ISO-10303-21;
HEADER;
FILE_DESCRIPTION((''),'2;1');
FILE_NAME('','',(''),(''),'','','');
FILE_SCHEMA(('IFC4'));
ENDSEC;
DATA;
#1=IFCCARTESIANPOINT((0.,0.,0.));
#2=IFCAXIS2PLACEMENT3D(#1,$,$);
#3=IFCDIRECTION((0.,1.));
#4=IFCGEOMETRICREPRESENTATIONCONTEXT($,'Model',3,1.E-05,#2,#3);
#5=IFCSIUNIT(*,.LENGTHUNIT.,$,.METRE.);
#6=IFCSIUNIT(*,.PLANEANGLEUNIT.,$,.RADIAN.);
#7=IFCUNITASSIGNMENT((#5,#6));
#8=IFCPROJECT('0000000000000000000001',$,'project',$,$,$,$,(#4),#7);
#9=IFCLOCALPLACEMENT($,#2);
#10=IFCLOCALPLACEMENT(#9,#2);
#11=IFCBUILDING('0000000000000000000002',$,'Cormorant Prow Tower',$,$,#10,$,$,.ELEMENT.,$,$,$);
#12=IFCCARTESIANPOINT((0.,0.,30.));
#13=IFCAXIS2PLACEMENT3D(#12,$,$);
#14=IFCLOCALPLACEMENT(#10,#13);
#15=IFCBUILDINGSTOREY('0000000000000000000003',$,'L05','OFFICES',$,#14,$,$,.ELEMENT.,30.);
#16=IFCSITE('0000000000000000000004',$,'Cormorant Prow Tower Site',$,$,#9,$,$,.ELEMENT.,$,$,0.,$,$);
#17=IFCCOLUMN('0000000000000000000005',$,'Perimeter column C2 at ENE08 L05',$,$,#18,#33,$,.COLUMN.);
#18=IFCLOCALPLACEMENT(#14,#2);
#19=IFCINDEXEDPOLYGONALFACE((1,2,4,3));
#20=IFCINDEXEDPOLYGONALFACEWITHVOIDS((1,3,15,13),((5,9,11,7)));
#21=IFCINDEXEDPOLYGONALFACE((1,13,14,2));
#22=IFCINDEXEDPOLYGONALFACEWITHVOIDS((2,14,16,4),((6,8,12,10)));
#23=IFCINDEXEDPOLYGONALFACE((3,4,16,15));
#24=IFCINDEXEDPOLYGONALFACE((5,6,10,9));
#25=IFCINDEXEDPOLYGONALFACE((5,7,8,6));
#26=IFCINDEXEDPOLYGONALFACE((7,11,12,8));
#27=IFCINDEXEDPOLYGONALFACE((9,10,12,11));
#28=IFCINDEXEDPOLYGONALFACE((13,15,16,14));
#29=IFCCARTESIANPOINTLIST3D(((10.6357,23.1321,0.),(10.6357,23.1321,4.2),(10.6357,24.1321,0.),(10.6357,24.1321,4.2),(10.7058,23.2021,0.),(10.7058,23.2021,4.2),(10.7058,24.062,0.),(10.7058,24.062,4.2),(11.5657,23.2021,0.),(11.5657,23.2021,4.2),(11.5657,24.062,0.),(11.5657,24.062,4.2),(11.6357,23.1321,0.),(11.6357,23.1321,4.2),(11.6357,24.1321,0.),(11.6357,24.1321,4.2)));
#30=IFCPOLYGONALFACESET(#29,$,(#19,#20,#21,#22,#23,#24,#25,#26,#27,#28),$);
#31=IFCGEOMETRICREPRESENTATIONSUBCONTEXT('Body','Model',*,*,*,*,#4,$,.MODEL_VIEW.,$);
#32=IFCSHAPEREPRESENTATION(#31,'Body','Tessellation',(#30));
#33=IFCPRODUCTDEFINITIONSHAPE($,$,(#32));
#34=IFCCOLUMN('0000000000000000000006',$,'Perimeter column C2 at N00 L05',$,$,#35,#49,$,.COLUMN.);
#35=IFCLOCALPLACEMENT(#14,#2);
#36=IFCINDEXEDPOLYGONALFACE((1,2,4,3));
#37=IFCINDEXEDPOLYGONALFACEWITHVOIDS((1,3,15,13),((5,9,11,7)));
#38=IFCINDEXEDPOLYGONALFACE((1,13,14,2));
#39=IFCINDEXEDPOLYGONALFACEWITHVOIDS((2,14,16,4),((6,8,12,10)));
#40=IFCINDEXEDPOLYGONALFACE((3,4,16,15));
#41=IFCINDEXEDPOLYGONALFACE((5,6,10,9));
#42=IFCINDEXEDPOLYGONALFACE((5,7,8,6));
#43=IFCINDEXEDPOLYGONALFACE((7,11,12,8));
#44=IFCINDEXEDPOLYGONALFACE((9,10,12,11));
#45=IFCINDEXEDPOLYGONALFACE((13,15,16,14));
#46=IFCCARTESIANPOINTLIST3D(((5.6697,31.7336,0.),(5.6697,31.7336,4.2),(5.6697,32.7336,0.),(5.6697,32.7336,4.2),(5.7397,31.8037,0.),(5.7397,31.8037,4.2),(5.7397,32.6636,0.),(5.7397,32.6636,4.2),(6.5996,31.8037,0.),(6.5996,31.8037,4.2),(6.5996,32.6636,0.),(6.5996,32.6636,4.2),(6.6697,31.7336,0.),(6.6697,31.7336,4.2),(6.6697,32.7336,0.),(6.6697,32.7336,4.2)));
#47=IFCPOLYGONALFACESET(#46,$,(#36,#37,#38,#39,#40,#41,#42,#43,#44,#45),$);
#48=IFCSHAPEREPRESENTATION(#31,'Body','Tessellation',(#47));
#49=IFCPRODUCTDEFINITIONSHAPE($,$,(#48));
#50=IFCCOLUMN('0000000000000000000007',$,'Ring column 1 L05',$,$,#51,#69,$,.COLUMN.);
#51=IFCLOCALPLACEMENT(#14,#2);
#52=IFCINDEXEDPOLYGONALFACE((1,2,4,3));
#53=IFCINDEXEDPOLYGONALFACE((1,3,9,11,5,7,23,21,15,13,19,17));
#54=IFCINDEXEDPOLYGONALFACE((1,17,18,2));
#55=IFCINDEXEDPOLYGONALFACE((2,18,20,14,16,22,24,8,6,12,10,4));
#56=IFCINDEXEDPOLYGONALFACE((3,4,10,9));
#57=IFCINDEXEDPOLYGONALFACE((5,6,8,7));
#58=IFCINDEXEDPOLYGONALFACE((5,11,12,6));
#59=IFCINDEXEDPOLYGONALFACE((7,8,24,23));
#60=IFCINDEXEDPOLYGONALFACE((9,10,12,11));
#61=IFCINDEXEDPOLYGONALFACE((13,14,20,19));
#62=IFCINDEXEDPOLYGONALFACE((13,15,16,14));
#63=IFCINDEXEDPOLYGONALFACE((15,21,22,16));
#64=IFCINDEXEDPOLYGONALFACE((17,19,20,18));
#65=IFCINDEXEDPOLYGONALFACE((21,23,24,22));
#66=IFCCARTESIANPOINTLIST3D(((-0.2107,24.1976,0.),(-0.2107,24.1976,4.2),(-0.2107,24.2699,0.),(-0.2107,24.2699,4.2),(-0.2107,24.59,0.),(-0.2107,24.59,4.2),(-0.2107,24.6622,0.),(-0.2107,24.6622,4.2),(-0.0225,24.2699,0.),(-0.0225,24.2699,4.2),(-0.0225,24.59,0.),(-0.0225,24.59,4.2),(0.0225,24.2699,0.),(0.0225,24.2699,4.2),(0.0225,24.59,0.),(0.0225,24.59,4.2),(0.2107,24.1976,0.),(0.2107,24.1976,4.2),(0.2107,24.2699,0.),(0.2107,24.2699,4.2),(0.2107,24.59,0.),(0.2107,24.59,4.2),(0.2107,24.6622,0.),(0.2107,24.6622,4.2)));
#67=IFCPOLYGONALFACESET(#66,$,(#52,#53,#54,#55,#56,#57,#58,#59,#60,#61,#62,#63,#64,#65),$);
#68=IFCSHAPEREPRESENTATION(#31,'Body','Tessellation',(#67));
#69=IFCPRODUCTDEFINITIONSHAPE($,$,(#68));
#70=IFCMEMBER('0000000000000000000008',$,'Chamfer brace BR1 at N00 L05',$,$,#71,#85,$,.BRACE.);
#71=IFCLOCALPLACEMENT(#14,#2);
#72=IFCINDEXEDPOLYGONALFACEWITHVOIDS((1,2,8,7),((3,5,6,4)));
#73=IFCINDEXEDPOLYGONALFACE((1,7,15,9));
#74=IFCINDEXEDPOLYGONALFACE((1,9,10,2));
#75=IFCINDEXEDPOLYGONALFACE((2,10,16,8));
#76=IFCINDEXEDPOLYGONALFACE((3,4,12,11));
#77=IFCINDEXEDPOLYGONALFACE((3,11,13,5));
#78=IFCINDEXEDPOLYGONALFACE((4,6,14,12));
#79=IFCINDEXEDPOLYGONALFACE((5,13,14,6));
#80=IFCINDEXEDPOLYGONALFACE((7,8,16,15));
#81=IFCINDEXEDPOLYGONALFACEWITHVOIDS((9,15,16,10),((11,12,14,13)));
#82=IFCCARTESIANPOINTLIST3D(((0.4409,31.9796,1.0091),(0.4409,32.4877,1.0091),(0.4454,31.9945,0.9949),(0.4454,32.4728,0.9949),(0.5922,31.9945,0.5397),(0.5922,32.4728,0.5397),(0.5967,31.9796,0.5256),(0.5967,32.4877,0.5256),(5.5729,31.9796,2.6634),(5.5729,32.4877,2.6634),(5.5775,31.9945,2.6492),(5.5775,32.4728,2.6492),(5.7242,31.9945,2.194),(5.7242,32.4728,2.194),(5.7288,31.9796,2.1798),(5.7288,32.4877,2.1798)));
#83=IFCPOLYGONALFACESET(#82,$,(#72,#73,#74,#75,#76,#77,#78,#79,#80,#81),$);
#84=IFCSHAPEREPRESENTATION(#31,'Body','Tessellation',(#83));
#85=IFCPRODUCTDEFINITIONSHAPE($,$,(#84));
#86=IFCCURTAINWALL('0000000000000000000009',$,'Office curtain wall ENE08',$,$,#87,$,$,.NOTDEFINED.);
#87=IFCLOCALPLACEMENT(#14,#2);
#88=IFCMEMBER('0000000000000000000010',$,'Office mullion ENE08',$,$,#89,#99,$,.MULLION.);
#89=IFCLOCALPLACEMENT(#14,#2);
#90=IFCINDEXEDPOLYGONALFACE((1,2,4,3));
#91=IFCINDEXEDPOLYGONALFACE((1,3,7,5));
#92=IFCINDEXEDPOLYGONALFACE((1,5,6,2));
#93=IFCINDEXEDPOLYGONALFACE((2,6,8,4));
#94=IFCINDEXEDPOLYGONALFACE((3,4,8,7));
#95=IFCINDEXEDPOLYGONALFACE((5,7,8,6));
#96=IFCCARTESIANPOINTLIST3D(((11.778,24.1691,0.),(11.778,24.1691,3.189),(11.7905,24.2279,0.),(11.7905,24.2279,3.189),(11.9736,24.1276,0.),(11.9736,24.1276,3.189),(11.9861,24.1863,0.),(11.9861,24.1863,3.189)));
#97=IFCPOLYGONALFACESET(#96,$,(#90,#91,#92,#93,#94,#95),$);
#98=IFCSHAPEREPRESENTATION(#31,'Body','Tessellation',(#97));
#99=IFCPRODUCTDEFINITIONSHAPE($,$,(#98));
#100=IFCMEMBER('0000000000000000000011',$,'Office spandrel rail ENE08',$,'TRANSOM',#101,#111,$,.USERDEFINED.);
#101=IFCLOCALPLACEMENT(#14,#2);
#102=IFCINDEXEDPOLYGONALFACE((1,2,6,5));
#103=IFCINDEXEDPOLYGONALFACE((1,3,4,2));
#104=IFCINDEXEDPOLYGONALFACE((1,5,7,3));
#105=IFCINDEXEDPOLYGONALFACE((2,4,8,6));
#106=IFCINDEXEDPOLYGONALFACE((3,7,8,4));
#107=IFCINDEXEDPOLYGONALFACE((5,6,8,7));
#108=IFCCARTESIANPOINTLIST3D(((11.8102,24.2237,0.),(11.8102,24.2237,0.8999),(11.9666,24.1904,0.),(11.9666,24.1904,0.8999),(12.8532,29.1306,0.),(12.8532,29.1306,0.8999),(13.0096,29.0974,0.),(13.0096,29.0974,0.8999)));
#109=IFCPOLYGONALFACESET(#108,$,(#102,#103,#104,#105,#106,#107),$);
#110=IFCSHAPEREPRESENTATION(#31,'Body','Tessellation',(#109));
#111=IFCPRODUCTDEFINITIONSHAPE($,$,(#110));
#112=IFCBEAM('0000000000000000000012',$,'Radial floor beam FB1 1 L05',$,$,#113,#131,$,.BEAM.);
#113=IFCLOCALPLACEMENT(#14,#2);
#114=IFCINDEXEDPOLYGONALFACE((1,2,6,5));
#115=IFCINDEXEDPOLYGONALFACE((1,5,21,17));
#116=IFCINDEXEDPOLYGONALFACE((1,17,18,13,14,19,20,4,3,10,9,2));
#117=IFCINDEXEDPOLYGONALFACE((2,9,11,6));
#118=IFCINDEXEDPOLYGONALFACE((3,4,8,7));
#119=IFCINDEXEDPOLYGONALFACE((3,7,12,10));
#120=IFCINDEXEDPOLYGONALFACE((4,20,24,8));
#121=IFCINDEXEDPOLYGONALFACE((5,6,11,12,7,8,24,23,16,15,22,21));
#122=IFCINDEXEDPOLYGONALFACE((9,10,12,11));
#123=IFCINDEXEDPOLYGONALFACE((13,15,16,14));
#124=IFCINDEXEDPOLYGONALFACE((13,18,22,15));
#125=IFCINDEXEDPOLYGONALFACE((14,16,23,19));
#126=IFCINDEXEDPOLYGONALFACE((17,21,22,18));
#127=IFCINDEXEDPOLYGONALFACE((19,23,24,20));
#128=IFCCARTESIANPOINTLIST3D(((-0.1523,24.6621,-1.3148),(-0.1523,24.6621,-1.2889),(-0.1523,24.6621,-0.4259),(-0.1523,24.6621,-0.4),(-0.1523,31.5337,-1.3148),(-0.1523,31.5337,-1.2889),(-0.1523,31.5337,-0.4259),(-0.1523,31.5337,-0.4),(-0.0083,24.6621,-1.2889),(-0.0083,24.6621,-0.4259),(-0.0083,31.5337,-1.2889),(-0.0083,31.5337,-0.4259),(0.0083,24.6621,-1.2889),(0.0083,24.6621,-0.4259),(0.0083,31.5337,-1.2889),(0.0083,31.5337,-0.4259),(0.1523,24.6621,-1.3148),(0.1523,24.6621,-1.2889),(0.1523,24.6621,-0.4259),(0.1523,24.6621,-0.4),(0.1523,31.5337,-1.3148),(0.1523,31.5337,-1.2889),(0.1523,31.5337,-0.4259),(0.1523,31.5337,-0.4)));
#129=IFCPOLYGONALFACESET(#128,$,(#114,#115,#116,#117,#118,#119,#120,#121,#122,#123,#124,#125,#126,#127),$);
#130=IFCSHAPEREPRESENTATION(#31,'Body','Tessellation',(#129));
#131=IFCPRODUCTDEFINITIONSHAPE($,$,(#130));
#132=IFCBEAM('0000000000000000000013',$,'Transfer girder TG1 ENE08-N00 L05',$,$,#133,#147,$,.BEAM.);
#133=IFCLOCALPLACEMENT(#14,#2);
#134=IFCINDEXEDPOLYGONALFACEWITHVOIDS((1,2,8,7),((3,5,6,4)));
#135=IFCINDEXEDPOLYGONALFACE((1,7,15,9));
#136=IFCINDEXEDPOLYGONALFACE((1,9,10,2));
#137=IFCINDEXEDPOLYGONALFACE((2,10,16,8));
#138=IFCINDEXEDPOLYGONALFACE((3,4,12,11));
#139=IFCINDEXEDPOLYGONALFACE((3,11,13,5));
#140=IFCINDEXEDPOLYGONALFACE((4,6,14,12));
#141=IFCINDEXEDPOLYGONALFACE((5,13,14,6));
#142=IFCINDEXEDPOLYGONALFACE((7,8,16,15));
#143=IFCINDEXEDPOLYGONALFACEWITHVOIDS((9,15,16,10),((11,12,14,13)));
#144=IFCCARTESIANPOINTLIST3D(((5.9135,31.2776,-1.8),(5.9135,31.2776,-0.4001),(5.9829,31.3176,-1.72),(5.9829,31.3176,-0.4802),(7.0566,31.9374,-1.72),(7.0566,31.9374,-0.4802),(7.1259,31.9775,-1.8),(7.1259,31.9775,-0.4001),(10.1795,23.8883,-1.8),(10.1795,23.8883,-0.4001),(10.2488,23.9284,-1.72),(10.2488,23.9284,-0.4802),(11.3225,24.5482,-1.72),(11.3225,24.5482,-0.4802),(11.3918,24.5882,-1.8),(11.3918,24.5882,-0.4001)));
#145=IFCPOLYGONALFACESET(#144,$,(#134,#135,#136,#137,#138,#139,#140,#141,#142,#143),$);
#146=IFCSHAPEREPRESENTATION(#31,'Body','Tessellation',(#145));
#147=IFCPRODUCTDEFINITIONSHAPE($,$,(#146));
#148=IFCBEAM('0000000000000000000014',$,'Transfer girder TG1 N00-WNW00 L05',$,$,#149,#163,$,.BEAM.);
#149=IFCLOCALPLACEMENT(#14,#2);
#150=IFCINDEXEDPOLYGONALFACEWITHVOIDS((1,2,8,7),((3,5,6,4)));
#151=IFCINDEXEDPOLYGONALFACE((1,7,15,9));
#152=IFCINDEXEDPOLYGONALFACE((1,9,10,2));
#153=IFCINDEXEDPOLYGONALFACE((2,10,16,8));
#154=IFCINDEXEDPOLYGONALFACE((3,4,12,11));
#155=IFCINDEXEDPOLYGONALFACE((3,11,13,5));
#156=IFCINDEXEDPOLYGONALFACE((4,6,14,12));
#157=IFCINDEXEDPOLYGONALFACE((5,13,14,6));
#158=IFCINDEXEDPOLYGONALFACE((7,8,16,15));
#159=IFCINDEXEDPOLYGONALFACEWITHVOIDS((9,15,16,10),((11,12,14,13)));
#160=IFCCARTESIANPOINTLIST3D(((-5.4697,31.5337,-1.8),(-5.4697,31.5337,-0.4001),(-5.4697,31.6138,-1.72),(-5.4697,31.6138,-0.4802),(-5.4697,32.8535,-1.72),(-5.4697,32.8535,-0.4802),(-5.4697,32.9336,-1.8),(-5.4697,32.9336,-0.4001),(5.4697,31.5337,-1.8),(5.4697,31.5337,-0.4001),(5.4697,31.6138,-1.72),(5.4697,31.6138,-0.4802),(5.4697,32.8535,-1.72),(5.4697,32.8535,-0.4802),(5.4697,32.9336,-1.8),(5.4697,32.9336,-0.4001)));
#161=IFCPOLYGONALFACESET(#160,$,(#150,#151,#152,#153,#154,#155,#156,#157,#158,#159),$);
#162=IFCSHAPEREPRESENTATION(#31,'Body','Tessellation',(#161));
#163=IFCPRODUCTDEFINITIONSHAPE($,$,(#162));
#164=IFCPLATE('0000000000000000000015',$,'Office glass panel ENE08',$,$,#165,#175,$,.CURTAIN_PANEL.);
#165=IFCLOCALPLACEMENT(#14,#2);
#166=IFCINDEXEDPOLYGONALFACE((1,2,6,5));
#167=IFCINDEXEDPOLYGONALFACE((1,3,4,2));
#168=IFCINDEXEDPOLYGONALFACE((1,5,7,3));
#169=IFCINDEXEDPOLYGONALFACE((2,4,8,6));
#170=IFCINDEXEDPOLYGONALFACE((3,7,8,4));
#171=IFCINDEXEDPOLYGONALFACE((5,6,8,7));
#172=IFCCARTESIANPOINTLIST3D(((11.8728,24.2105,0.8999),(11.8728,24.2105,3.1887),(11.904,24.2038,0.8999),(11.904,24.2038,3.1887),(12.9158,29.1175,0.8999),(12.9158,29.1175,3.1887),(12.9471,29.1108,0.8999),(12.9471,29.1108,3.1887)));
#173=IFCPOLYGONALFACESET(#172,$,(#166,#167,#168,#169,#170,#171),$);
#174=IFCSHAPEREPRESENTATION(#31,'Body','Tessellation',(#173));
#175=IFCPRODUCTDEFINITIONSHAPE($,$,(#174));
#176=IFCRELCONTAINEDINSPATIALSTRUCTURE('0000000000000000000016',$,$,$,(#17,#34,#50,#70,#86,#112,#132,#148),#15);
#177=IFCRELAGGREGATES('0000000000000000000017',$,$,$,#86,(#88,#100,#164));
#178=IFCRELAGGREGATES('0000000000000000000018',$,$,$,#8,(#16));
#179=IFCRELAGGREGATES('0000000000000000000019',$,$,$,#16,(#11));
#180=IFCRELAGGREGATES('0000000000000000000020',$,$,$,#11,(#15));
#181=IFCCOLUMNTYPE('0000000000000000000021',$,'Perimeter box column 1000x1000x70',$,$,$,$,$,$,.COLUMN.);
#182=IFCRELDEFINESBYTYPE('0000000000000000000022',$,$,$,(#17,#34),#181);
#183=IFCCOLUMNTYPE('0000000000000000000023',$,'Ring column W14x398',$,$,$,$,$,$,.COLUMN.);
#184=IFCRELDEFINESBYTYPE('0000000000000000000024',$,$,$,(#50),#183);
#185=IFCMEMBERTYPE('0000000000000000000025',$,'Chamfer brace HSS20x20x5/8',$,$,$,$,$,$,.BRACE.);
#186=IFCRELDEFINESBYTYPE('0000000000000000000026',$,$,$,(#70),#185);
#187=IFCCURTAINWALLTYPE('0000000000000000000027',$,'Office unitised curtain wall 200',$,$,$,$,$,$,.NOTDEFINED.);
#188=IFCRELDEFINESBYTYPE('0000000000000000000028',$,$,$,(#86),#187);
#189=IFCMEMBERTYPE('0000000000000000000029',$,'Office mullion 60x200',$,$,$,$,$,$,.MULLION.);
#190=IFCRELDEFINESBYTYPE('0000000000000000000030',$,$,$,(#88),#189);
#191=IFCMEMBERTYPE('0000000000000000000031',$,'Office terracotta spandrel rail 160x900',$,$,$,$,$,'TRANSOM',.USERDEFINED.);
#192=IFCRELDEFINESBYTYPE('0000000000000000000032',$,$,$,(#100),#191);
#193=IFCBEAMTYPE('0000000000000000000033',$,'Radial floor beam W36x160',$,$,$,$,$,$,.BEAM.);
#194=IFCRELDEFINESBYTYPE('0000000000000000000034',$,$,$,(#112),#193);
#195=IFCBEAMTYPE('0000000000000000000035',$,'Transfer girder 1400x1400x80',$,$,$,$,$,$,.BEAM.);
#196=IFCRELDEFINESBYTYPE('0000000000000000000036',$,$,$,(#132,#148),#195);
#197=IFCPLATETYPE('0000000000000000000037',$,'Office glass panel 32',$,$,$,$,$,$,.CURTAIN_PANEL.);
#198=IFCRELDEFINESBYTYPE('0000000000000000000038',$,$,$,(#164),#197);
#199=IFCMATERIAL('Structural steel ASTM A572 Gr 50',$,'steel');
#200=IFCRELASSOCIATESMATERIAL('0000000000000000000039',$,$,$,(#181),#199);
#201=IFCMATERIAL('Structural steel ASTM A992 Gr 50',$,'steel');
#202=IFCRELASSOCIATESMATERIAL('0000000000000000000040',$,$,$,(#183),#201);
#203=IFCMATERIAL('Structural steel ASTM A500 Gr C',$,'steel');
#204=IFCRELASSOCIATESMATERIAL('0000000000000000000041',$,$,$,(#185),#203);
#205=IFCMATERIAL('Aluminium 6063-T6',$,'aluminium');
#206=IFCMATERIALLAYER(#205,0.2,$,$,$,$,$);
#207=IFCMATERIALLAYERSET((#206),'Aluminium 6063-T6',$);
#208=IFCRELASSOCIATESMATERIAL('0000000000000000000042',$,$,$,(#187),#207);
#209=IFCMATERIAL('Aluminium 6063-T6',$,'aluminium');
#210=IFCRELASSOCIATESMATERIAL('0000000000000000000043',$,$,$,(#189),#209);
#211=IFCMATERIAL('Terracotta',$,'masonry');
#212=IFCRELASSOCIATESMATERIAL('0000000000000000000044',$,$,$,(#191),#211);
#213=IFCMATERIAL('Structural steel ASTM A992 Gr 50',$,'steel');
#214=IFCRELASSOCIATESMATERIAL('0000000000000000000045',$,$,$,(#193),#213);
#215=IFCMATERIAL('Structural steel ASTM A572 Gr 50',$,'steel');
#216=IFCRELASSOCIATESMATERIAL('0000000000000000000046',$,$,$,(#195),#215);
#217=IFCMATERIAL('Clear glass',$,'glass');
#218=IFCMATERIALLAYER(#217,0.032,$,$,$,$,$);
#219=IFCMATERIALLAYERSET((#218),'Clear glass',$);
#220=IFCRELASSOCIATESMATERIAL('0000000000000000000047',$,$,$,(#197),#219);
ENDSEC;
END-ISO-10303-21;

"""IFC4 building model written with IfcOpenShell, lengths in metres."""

from ifc_helpers import new_model, si_unit, direction, frame, origin, origin_2d, place, context, subcontext, project, spatial, rectangle, hollow_rectangle, i_section, extrude, material, layer, layer_set, material_profile, profile_set, type_object, element, aggregate, save


model = new_model("IFC4")

# Units and contexts
model_context = context("Model", 3, precision=1e-05, world=origin(), true_north=direction((0.0, 1.0)))
body_context = subcontext(model_context, "Body", "Model", "MODEL_VIEW")
ifc_project = project(units=[si_unit("LENGTHUNIT", "METRE"), si_unit("PLANEANGLEUNIT", "RADIAN")], contexts=[model_context])

# Site, building, storey
site_placement = place(None, origin())
site = spatial("IfcSite", under=ifc_project, at=site_placement, Name="Cormorant Prow Tower Site", CompositionType="ELEMENT", RefElevation=0.0)
building_placement = place(site_placement, origin())
building = spatial("IfcBuilding", under=site, at=building_placement, Name="Cormorant Prow Tower", CompositionType="ELEMENT")
storey_placement = place(building_placement, frame((0.0, 0.0, 30.0)))
storey = spatial("IfcBuildingStorey", under=building, at=storey_placement, Name="L05", Description="OFFICES", CompositionType="ELEMENT", Elevation=30.0)

# Columns
ifc_material_1 = material(Name="Structural steel ASTM A572 Gr 50", Category="steel")
ifc_material_profile_1 = material_profile(ifc_material_1, hollow_rectangle(XDim=1.0, YDim=1.0, WallThickness=0.0701, at=origin_2d()), Name="Box 1000x1000x70")
ifc_profile_set_1 = profile_set([ifc_material_profile_1], Name="Structural steel ASTM A572 Gr 50")
column_type_1 = type_object("IfcColumnType", Name="Perimeter box column 1000x1000x70", PredefinedType="COLUMN", material=ifc_profile_set_1)
column_1_placement = place(storey_placement, frame((11.1357, 23.6321, 0.0), z_axis=(0.0, 0.0, 1.0), x_axis=(1.0, 0.0, 0.0)))
element("IfcColumn", 1, at=column_1_placement, inside=storey, type_object=column_type_1, Name="Perimeter column C2 at ENE08 L05", PredefinedType="COLUMN", context=body_context, shape_type="SweptSolid", body=[
    extrude(hollow_rectangle(XDim=1.0, YDim=1.0, WallThickness=0.0701, at=origin_2d()), origin(), (0.0, 0.0, 1.0), 4.2),
])
column_2_placement = place(storey_placement, frame((6.1697, 32.2336, 0.0), z_axis=(0.0, 0.0, 1.0), x_axis=(1.0, 0.0, 0.0)))
element("IfcColumn", 2, at=column_2_placement, inside=storey, type_object=column_type_1, Name="Perimeter column C2 at N00 L05", PredefinedType="COLUMN", context=body_context, shape_type="SweptSolid", body=[
    extrude(hollow_rectangle(XDim=1.0, YDim=1.0, WallThickness=0.0701, at=origin_2d()), origin(), (0.0, 0.0, 1.0), 4.2),
])
ifc_material_2 = material(Name="Structural steel ASTM A992 Gr 50", Category="steel")
ifc_material_profile_2 = material_profile(ifc_material_2, i_section(OverallWidth=0.4214, OverallDepth=0.4646, WebThickness=0.0449, FlangeThickness=0.0723, at=origin_2d()), Name="W14x398")
ifc_profile_set_2 = profile_set([ifc_material_profile_2], Name="Structural steel ASTM A992 Gr 50")
column_type_2 = type_object("IfcColumnType", Name="Ring column W14x398", PredefinedType="COLUMN", material=ifc_profile_set_2)
column_3_placement = place(storey_placement, frame((0.0, 24.4299, 0.0), z_axis=(0.0, 0.0, 1.0), x_axis=(1.0, 0.0, 0.0)))
element("IfcColumn", 3, at=column_3_placement, inside=storey, type_object=column_type_2, Name="Ring column 1 L05", PredefinedType="COLUMN", context=body_context, shape_type="SweptSolid", body=[
    extrude(i_section(OverallWidth=0.4214, OverallDepth=0.4646, WebThickness=0.0449, FlangeThickness=0.0723, at=origin_2d()), origin(), (0.0, 0.0, 1.0), 4.2),
])

# Member
ifc_material_3 = material(Name="Structural steel ASTM A500 Gr C", Category="steel")
ifc_material_profile_3 = material_profile(ifc_material_3, hollow_rectangle(XDim=0.5081, YDim=0.5081, WallThickness=0.0149, at=origin_2d()), Name="HSS20x20x5/8")
ifc_profile_set_3 = profile_set([ifc_material_profile_3], Name="Structural steel ASTM A500 Gr C")
member_type_1 = type_object("IfcMemberType", Name="Chamfer brace HSS20x20x5/8", PredefinedType="BRACE", material=ifc_profile_set_3)
member_1_placement = place(storey_placement, frame((0.5188, 32.2336, 0.7673), z_axis=(0.951774, 0.0, 0.306799), x_axis=(0.0, 1.0, 0.0)))
element("IfcMember", 4, at=member_1_placement, inside=storey, type_object=member_type_1, Name="Chamfer brace BR1 at N00 L05", PredefinedType="BRACE", context=body_context, shape_type="SweptSolid", body=[
    extrude(hollow_rectangle(XDim=0.5081, YDim=0.5081, WallThickness=0.0149, at=origin_2d()), origin(), (0.0, 0.0, 1.0), 5.3921),
])

# Curtain wall, members
ifc_material_4 = material(Name="Aluminium 6063-T6", Category="aluminium")
ifc_layer_1 = layer(ifc_material_4, 0.2)
ifc_layer_set_1 = layer_set([ifc_layer_1], Name="Aluminium 6063-T6")
curtain_wall_type = type_object("IfcCurtainWallType", Name="Office unitised curtain wall 200", PredefinedType="NOTDEFINED", material=ifc_layer_set_1)
curtain_wall_placement = place(storey_placement, origin())
curtain_wall = element("IfcCurtainWall", 5, at=curtain_wall_placement, inside=storey, type_object=curtain_wall_type, Name="Office curtain wall ENE08", PredefinedType="NOTDEFINED")
ifc_material_5 = material(Name="Aluminium 6063-T6", Category="aluminium")
ifc_material_profile_4 = material_profile(ifc_material_5, rectangle(XDim=0.2, YDim=0.0601, at=origin_2d()), Name="Office mullion 60x200")
ifc_profile_set_4 = profile_set([ifc_material_profile_4], Name="Aluminium 6063-T6")
member_type_2 = type_object("IfcMemberType", Name="Office mullion 60x200", PredefinedType="MULLION", material=ifc_profile_set_4)
member_2_placement = place(storey_placement, frame((11.8821, 24.1777, 0.0), z_axis=(0.0, 0.0, 1.0), x_axis=(-0.978148, 0.207912, 0.0)))
member_2 = element("IfcMember", 6, at=member_2_placement, type_object=member_type_2, Name="Office mullion ENE08", PredefinedType="MULLION", context=body_context, shape_type="SweptSolid", body=[
    extrude(rectangle(XDim=0.2, YDim=0.0601, at=origin_2d()), origin(), (0.0, 0.0, 1.0), 3.189),
])
ifc_material_6 = material(Name="Terracotta", Category="masonry")
ifc_material_profile_5 = material_profile(ifc_material_6, rectangle(XDim=0.1599, YDim=0.8999, at=origin_2d()), Name="Office terracotta spandrel rail 160x900")
ifc_profile_set_5 = profile_set([ifc_material_profile_5], Name="Terracotta")
member_type_3 = type_object("IfcMemberType", Name="Office terracotta spandrel rail 160x900", ElementType="TRANSOM", PredefinedType="USERDEFINED", material=ifc_profile_set_5)
member_3_placement = place(storey_placement, frame((11.8884, 24.207, 0.45), z_axis=(0.207904, 0.978149, 0.0), x_axis=(-0.978149, 0.207904, 0.0)))
member_3 = element("IfcMember", 7, at=member_3_placement, type_object=member_type_3, Name="Office spandrel rail ENE08", ObjectType="TRANSOM", PredefinedType="USERDEFINED", context=body_context, shape_type="SweptSolid", body=[
    extrude(rectangle(XDim=0.1599, YDim=0.8999, at=origin_2d()), origin(), (0.0, 0.0, 1.0), 5.0166),
])

# Beams
ifc_material_7 = material(Name="Structural steel ASTM A992 Gr 50", Category="steel")
ifc_material_profile_6 = material_profile(ifc_material_7, i_section(OverallWidth=0.3047, OverallDepth=0.9148, WebThickness=0.0166, FlangeThickness=0.0259, at=origin_2d()), Name="W36x160")
ifc_profile_set_6 = profile_set([ifc_material_profile_6], Name="Structural steel ASTM A992 Gr 50")
beam_type_1 = type_object("IfcBeamType", Name="Radial floor beam W36x160", PredefinedType="BEAM", material=ifc_profile_set_6)
beam_1_placement = place(storey_placement, frame((0.0, 24.6621, -0.8574), z_axis=(0.0, 1.0, 0.0), x_axis=(-1.0, 0.0, 0.0)))
element("IfcBeam", 8, at=beam_1_placement, inside=storey, type_object=beam_type_1, Name="Radial floor beam FB1 1 L05", PredefinedType="BEAM", context=body_context, shape_type="SweptSolid", body=[
    extrude(i_section(OverallWidth=0.3047, OverallDepth=0.9148, WebThickness=0.0166, FlangeThickness=0.0259, at=origin_2d()), origin(), (0.0, 0.0, 1.0), 6.8716),
])
ifc_material_8 = material(Name="Structural steel ASTM A572 Gr 50", Category="steel")
ifc_material_profile_7 = material_profile(ifc_material_8, hollow_rectangle(XDim=1.3999, YDim=1.3999, WallThickness=0.0801, at=origin_2d()), Name="Box 1400x1400x80")
ifc_profile_set_7 = profile_set([ifc_material_profile_7], Name="Structural steel ASTM A572 Gr 50")
beam_type_2 = type_object("IfcBeamType", Name="Transfer girder 1400x1400x80", PredefinedType="BEAM", material=ifc_profile_set_7)
beam_2_placement = place(storey_placement, frame((10.7856, 24.2383, -1.1001), z_axis=(-0.499977, 0.866039, 0.0), x_axis=(-0.866039, -0.499977, 0.0)))
element("IfcBeam", 9, at=beam_2_placement, inside=storey, type_object=beam_type_2, Name="Transfer girder TG1 ENE08-N00 L05", PredefinedType="BEAM", context=body_context, shape_type="SweptSolid", body=[
    extrude(hollow_rectangle(XDim=1.3999, YDim=1.3999, WallThickness=0.0801, at=origin_2d()), origin(), (0.0, 0.0, 1.0), 8.5322),
])
beam_3_placement = place(storey_placement, frame((5.4697, 32.2336, -1.1001), z_axis=(-1.0, 0.0, 0.0), x_axis=(0.0, -1.0, 0.0)))
element("IfcBeam", 10, at=beam_3_placement, inside=storey, type_object=beam_type_2, Name="Transfer girder TG1 N00-WNW00 L05", PredefinedType="BEAM", context=body_context, shape_type="SweptSolid", body=[
    extrude(hollow_rectangle(XDim=1.3999, YDim=1.3999, WallThickness=0.0801, at=origin_2d()), origin(), (0.0, 0.0, 1.0), 10.9395),
])

# Plate
ifc_material_9 = material(Name="Clear glass", Category="glass")
ifc_layer_2 = layer(ifc_material_9, 0.032)
ifc_layer_set_2 = layer_set([ifc_layer_2], Name="Clear glass")
plate_type = type_object("IfcPlateType", Name="Office glass panel 32", PredefinedType="CURTAIN_PANEL", material=ifc_layer_set_2)
plate_placement = place(storey_placement, frame((12.4099, 26.6606, 0.8999), z_axis=(0.0, 0.0, 1.0), x_axis=(0.207912, 0.978148, 0.0)))
plate = element("IfcPlate", 11, at=plate_placement, type_object=plate_type, Name="Office glass panel ENE08", PredefinedType="CURTAIN_PANEL", context=body_context, shape_type="SweptSolid", body=[
    extrude(rectangle(XDim=5.0166, YDim=0.032, at=origin_2d()), origin(), (0.0, 0.0, 1.0), 2.2888),
])
aggregate(curtain_wall, [member_2, member_3, plate])

save(model, "model.ifc")
